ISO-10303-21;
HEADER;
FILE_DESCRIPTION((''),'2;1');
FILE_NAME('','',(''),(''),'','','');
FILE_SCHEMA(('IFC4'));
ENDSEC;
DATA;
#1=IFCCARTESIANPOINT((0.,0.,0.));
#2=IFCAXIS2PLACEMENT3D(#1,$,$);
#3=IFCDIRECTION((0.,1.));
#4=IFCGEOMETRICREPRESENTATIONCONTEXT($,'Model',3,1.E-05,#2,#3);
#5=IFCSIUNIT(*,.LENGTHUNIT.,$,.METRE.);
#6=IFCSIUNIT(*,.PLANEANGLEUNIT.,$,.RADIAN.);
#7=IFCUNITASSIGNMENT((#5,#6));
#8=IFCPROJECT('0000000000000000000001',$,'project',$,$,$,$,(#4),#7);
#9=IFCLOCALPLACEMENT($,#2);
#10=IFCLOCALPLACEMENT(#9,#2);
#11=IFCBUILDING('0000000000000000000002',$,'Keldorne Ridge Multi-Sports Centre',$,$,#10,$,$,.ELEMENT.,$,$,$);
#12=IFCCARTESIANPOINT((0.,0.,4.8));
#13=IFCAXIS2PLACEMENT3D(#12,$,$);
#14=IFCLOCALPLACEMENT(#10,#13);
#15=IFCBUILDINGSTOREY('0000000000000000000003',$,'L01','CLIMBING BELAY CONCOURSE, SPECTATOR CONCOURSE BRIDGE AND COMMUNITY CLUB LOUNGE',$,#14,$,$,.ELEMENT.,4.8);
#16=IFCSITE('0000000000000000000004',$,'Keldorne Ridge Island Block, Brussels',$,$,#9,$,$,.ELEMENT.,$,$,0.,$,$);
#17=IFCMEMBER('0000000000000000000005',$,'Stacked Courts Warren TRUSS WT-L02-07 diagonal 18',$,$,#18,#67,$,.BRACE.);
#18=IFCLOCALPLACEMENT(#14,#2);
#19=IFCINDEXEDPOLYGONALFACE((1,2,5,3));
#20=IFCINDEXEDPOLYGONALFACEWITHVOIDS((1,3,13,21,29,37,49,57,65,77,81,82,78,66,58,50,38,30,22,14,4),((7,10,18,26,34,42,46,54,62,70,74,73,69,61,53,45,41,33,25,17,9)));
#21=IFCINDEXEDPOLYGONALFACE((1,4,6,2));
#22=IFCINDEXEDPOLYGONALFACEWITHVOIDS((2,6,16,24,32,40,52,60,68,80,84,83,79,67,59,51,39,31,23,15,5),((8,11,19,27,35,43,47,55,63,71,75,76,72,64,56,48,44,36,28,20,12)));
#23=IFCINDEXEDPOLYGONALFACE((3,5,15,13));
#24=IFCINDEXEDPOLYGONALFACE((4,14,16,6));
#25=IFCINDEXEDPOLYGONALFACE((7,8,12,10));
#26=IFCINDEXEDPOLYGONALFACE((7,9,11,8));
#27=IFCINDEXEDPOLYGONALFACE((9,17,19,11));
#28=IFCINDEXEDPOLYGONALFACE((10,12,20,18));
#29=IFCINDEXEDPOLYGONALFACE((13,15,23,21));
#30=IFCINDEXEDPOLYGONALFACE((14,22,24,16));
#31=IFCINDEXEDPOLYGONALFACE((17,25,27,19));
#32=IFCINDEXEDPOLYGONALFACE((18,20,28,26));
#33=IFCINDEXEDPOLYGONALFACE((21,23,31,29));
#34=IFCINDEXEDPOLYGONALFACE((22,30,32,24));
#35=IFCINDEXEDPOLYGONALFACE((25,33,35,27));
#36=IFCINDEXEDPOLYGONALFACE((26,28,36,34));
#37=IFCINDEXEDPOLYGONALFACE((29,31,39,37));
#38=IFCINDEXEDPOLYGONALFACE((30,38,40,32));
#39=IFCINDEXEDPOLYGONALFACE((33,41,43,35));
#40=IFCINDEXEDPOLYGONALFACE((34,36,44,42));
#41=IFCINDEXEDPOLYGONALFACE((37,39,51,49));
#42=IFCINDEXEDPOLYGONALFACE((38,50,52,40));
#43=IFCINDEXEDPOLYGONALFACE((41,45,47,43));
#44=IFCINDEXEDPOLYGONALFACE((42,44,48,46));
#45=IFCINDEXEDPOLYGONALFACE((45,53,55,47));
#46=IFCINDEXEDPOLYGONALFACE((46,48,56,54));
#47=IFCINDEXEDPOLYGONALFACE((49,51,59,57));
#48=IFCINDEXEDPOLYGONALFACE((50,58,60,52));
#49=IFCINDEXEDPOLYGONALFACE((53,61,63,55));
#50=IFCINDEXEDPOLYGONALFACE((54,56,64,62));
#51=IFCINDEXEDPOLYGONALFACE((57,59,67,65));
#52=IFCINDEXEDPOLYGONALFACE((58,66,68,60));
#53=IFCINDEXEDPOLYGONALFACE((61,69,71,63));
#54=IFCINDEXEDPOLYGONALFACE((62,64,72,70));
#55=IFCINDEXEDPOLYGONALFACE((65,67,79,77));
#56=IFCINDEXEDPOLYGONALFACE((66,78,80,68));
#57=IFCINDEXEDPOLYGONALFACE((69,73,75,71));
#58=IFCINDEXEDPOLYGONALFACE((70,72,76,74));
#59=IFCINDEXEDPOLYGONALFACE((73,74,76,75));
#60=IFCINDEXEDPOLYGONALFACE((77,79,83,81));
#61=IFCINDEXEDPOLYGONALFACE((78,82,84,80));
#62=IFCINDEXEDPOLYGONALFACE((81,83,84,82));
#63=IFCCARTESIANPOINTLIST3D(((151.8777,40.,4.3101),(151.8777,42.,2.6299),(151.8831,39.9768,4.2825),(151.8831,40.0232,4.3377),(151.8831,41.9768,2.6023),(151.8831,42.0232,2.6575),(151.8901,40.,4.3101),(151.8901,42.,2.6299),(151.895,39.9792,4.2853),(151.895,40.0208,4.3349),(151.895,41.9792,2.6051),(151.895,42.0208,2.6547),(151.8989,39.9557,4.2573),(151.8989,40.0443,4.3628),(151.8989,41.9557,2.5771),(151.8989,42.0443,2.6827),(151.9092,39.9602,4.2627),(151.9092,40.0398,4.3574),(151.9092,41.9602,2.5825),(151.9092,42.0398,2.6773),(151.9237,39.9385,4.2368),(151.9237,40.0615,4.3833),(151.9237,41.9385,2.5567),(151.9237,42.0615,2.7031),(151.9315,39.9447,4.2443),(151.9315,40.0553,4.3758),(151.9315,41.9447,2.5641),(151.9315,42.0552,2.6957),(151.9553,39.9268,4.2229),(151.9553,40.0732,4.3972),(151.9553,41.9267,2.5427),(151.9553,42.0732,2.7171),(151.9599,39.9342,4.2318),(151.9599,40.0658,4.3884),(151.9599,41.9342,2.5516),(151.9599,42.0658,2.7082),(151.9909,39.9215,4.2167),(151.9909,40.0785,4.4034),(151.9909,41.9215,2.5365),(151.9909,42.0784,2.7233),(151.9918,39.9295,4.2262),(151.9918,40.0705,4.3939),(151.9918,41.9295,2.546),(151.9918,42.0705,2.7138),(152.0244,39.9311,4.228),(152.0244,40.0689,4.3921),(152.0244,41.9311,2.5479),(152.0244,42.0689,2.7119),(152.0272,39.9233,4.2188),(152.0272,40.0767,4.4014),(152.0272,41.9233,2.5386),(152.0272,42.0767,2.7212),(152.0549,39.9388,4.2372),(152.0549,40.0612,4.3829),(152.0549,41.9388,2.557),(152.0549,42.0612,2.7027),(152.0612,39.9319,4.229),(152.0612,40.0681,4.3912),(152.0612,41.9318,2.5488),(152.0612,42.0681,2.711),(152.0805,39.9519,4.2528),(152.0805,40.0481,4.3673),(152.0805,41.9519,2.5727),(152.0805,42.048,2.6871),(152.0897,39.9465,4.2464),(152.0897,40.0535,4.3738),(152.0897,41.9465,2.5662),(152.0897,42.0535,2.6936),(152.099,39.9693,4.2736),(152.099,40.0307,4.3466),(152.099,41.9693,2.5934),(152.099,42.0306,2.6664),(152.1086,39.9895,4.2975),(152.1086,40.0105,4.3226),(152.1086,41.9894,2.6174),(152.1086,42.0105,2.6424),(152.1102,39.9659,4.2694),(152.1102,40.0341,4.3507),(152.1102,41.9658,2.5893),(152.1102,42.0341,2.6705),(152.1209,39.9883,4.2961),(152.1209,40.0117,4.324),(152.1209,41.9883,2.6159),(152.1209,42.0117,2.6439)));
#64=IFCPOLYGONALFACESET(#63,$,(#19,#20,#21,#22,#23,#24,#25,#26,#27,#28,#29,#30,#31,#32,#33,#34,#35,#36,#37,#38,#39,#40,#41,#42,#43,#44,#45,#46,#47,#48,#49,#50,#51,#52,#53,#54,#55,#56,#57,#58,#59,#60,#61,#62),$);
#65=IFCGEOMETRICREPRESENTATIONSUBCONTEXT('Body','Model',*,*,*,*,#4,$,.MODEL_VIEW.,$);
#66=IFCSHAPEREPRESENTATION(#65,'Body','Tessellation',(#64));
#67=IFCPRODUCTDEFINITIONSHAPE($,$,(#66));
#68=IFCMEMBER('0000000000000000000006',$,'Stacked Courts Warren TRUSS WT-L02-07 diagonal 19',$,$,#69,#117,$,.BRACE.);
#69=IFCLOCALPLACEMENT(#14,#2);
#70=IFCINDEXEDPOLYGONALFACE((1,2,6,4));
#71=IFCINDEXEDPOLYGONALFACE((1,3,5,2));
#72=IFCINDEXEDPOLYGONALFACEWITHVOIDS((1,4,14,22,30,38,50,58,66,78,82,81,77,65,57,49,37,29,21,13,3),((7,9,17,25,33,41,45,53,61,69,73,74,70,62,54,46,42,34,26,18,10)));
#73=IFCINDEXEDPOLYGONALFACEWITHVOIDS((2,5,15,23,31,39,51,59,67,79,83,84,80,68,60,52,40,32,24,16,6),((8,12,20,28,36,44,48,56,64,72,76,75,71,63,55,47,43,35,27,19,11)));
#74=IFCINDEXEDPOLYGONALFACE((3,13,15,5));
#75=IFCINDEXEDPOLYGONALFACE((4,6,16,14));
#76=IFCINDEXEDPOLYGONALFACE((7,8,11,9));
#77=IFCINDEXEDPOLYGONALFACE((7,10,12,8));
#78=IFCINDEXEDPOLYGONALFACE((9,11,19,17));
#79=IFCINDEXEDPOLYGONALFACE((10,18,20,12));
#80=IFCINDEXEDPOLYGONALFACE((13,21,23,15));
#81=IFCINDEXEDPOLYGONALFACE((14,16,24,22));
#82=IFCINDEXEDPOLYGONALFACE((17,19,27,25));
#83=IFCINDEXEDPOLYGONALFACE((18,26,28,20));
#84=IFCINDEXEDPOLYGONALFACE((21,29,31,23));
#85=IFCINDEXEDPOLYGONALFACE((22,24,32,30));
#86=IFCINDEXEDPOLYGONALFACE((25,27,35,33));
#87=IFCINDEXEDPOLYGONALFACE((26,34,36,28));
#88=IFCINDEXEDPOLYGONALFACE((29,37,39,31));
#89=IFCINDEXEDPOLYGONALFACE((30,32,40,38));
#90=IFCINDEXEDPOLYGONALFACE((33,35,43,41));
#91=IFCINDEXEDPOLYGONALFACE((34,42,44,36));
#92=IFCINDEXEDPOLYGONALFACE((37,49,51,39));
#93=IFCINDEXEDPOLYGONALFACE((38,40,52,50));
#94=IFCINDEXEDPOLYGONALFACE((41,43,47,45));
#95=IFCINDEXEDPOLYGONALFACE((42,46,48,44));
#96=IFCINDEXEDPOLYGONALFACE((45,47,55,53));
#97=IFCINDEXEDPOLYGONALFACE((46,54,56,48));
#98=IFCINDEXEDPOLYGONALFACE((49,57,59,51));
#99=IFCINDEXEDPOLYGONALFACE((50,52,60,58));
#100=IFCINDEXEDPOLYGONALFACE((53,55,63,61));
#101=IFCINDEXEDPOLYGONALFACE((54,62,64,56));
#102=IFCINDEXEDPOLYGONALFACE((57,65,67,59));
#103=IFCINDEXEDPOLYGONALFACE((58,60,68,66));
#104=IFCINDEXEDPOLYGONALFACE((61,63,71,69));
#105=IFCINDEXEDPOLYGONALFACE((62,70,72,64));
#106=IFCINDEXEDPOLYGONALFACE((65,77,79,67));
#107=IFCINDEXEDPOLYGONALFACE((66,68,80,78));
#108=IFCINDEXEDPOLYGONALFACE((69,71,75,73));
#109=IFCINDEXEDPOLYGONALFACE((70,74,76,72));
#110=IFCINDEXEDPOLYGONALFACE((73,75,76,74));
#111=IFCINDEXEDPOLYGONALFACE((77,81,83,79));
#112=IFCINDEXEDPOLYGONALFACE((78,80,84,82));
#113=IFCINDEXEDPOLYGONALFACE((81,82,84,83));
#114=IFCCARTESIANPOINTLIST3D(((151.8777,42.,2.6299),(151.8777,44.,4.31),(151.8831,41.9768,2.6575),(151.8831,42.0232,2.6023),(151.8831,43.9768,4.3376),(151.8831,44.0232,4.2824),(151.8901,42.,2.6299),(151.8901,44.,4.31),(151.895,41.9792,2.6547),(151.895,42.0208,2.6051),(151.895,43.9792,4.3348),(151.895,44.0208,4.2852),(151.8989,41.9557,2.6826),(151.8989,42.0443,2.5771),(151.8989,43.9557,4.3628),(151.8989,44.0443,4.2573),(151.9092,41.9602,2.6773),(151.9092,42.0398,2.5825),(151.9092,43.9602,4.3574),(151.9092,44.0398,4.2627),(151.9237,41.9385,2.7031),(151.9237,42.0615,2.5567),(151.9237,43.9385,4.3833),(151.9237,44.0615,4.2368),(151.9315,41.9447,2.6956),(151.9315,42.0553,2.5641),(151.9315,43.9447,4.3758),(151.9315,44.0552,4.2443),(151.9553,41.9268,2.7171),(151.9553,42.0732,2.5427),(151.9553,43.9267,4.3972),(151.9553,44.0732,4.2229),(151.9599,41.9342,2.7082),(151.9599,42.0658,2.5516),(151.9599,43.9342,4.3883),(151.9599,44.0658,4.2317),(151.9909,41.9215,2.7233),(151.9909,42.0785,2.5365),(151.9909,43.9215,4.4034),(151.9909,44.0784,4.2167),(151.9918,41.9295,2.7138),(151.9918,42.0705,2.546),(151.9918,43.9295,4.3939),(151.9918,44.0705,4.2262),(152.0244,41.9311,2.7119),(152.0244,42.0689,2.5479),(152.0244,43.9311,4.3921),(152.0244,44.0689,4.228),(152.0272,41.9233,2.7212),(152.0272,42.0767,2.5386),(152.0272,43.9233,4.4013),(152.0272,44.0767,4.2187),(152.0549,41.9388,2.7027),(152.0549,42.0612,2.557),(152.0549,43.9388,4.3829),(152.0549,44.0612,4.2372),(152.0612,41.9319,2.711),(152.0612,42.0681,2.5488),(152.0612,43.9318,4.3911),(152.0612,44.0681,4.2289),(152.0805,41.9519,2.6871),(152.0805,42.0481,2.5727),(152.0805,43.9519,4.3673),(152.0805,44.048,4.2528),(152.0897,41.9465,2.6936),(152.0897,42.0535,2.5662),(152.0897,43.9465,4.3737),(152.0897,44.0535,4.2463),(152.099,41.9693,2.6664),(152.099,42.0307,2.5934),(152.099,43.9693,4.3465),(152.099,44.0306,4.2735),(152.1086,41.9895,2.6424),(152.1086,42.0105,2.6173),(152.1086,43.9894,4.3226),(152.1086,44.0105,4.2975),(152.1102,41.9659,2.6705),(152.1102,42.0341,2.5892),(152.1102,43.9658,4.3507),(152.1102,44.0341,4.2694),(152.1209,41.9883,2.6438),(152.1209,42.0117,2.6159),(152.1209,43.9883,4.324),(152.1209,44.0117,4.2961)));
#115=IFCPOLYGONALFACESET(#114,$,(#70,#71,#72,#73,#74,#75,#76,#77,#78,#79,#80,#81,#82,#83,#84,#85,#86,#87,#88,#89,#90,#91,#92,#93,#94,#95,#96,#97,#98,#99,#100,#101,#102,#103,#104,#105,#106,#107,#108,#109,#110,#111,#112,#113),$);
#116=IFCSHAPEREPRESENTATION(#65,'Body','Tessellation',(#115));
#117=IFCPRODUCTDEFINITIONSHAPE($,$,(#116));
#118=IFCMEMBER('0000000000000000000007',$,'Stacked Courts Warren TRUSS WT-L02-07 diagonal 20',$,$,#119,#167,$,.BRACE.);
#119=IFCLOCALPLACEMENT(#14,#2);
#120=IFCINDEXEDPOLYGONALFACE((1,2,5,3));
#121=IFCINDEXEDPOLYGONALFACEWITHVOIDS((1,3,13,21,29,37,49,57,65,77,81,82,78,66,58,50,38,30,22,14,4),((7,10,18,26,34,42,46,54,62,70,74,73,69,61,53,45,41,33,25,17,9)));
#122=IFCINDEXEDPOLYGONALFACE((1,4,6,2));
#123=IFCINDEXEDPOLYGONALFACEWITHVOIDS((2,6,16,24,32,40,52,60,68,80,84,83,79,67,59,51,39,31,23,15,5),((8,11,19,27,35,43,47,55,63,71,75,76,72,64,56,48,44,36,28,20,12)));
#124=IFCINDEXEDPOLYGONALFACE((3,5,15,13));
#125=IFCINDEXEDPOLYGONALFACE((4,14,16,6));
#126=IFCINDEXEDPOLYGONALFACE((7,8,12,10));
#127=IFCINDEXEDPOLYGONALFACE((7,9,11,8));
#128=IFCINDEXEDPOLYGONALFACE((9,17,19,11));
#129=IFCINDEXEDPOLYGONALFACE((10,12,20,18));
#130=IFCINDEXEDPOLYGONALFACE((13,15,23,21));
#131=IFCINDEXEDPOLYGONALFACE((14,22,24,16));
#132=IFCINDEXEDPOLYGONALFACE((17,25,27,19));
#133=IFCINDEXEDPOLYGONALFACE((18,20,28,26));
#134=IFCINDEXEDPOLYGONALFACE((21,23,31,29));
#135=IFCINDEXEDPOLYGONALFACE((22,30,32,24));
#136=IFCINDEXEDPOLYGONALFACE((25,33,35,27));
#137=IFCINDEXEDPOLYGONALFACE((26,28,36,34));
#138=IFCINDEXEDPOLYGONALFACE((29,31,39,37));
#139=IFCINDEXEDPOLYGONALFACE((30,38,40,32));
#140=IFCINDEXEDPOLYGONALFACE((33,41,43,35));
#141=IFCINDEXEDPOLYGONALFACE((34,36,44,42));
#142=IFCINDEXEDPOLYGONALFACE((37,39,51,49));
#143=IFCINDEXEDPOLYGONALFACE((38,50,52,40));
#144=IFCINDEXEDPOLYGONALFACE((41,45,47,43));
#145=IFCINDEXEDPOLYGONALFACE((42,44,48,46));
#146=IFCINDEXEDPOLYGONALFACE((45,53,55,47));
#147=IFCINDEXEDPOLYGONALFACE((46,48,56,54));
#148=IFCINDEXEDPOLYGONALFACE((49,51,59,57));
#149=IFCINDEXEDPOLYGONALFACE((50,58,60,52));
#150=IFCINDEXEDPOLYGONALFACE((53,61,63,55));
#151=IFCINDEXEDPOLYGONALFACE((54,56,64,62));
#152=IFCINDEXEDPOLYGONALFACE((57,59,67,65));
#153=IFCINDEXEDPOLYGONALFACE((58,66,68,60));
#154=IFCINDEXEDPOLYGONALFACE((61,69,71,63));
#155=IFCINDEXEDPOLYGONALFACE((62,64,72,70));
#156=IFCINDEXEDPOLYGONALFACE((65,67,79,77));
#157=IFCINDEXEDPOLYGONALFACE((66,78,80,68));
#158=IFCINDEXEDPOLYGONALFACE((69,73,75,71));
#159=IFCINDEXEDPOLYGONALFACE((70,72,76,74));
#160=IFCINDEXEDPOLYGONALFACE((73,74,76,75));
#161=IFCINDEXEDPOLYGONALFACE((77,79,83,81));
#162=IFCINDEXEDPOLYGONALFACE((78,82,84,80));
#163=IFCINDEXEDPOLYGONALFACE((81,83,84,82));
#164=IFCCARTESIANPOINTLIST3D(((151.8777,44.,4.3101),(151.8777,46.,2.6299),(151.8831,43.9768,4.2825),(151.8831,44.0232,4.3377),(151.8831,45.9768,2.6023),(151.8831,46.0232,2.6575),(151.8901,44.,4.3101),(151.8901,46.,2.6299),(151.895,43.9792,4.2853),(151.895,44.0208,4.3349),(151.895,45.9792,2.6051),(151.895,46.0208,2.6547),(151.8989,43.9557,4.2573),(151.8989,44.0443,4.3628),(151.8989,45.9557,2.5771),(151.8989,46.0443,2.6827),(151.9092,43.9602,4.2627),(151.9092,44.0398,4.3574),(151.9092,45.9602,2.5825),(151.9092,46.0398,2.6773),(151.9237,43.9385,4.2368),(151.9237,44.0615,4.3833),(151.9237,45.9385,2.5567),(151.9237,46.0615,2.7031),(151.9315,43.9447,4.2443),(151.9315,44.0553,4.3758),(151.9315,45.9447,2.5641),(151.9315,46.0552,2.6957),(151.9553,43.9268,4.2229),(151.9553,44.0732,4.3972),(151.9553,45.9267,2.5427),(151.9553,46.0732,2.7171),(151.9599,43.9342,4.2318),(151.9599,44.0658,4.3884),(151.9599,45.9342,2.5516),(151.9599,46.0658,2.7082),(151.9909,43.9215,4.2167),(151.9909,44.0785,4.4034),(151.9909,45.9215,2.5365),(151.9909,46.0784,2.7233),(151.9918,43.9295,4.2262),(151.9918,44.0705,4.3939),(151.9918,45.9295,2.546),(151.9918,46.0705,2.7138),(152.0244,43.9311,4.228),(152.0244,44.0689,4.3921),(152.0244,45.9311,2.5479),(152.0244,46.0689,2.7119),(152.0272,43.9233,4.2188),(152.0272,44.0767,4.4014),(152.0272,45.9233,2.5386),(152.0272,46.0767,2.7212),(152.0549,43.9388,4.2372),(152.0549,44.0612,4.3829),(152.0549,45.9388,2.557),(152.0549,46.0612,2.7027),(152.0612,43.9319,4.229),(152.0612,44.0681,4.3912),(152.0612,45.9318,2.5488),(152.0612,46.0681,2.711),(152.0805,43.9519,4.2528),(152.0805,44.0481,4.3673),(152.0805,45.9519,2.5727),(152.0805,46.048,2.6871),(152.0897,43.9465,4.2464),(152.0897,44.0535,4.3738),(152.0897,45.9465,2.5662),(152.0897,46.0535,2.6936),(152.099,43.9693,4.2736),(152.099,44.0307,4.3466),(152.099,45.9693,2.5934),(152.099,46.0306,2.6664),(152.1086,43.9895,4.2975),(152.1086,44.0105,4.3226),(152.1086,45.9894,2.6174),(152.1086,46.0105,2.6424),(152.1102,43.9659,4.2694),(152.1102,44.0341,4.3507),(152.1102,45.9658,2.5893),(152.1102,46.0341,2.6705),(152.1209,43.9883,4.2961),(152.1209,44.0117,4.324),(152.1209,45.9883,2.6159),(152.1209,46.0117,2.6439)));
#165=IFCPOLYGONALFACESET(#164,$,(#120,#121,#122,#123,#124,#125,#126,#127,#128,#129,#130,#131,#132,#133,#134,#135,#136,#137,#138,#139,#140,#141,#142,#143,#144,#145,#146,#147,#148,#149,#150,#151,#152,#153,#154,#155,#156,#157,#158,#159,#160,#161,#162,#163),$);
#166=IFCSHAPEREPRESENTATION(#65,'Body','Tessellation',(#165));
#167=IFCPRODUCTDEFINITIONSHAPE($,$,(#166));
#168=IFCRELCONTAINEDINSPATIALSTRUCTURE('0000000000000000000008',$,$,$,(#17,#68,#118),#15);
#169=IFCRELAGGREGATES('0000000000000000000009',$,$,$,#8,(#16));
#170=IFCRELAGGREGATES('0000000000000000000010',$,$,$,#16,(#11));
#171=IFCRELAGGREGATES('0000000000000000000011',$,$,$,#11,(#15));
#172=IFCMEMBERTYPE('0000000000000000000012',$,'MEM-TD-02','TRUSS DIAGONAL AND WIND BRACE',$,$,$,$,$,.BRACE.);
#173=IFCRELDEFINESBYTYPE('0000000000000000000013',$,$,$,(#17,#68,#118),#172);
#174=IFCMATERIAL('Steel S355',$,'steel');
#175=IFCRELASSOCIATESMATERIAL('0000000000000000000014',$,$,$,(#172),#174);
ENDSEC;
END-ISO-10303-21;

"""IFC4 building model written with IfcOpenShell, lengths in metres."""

from ifc_helpers import new_model, si_unit, direction, frame, origin, origin_2d, place, context, subcontext, project, spatial, hollow_circle, extrude, material, material_profile, profile_set, type_object, element, save


model = new_model("IFC4")

# Units and contexts
model_context = context("Model", 3, precision=1e-05, world=origin(), true_north=direction((0.0, 1.0)))
body_context = subcontext(model_context, "Body", "Model", "MODEL_VIEW")
ifc_project = project(units=[si_unit("LENGTHUNIT", "METRE"), si_unit("PLANEANGLEUNIT", "RADIAN")], contexts=[model_context])

# Site, building, storey
site_placement = place(None, origin())
site = spatial("IfcSite", under=ifc_project, at=site_placement, Name="Keldorne Ridge Island Block, Brussels", CompositionType="ELEMENT", RefElevation=0.0)
building_placement = place(site_placement, origin())
building = spatial("IfcBuilding", under=site, at=building_placement, Name="Keldorne Ridge Multi-Sports Centre", CompositionType="ELEMENT")
storey_placement = place(building_placement, frame((0.0, 0.0, 4.8)))
storey = spatial("IfcBuildingStorey", under=building, at=storey_placement, Name="L01", Description="CLIMBING BELAY CONCOURSE, SPECTATOR CONCOURSE BRIDGE AND COMMUNITY CLUB LOUNGE", CompositionType="ELEMENT", Elevation=4.8)

# Members
ifc_material = material(Name="Steel S355", Category="steel")
ifc_material_profile_1 = material_profile(ifc_material, hollow_circle(Radius=0.1223, WallThickness=0.0125, at=origin_2d()), Name="CHS 244.5x12.5")
ifc_profile_set_1 = profile_set([ifc_material_profile_1], Name="Steel S355")
member_type_1 = type_object("IfcMemberType", Name="MEM-TD-02", Description="TRUSS DIAGONAL AND WIND BRACE", PredefinedType="BRACE", material=ifc_profile_set_1)
for number, where, z_axis, x_axis, name in (
    (1, (152.0, 40.0, 4.3101), (0.0, 0.765672, -0.643232), (-1.0, 0.0, 0.0), "Stacked Courts Warren TRUSS WT-L02-07 diagonal 18"),
    (2, (152.0, 42.0, 2.6299), (0.0, 0.765672, 0.643232), (-1.0, 0.0, 0.0), "Stacked Courts Warren TRUSS WT-L02-07 diagonal 19"),
    (3, (152.0, 44.0, 4.3101), (0.0, 0.765672, -0.643232), (-1.0, 0.0, 0.0), "Stacked Courts Warren TRUSS WT-L02-07 diagonal 20"),
):
    element("IfcMember", number, at=place(storey_placement, frame(where, z_axis=z_axis, x_axis=x_axis)), inside=storey, type_object=member_type_1, Name=name, PredefinedType="BRACE", context=body_context, shape_type="SweptSolid", body=[
        extrude(hollow_circle(Radius=0.1223, WallThickness=0.0125, at=origin_2d()), origin(), (0.0, 0.0, 1.0), 2.6121),
    ])

save(model, "model.ifc")
